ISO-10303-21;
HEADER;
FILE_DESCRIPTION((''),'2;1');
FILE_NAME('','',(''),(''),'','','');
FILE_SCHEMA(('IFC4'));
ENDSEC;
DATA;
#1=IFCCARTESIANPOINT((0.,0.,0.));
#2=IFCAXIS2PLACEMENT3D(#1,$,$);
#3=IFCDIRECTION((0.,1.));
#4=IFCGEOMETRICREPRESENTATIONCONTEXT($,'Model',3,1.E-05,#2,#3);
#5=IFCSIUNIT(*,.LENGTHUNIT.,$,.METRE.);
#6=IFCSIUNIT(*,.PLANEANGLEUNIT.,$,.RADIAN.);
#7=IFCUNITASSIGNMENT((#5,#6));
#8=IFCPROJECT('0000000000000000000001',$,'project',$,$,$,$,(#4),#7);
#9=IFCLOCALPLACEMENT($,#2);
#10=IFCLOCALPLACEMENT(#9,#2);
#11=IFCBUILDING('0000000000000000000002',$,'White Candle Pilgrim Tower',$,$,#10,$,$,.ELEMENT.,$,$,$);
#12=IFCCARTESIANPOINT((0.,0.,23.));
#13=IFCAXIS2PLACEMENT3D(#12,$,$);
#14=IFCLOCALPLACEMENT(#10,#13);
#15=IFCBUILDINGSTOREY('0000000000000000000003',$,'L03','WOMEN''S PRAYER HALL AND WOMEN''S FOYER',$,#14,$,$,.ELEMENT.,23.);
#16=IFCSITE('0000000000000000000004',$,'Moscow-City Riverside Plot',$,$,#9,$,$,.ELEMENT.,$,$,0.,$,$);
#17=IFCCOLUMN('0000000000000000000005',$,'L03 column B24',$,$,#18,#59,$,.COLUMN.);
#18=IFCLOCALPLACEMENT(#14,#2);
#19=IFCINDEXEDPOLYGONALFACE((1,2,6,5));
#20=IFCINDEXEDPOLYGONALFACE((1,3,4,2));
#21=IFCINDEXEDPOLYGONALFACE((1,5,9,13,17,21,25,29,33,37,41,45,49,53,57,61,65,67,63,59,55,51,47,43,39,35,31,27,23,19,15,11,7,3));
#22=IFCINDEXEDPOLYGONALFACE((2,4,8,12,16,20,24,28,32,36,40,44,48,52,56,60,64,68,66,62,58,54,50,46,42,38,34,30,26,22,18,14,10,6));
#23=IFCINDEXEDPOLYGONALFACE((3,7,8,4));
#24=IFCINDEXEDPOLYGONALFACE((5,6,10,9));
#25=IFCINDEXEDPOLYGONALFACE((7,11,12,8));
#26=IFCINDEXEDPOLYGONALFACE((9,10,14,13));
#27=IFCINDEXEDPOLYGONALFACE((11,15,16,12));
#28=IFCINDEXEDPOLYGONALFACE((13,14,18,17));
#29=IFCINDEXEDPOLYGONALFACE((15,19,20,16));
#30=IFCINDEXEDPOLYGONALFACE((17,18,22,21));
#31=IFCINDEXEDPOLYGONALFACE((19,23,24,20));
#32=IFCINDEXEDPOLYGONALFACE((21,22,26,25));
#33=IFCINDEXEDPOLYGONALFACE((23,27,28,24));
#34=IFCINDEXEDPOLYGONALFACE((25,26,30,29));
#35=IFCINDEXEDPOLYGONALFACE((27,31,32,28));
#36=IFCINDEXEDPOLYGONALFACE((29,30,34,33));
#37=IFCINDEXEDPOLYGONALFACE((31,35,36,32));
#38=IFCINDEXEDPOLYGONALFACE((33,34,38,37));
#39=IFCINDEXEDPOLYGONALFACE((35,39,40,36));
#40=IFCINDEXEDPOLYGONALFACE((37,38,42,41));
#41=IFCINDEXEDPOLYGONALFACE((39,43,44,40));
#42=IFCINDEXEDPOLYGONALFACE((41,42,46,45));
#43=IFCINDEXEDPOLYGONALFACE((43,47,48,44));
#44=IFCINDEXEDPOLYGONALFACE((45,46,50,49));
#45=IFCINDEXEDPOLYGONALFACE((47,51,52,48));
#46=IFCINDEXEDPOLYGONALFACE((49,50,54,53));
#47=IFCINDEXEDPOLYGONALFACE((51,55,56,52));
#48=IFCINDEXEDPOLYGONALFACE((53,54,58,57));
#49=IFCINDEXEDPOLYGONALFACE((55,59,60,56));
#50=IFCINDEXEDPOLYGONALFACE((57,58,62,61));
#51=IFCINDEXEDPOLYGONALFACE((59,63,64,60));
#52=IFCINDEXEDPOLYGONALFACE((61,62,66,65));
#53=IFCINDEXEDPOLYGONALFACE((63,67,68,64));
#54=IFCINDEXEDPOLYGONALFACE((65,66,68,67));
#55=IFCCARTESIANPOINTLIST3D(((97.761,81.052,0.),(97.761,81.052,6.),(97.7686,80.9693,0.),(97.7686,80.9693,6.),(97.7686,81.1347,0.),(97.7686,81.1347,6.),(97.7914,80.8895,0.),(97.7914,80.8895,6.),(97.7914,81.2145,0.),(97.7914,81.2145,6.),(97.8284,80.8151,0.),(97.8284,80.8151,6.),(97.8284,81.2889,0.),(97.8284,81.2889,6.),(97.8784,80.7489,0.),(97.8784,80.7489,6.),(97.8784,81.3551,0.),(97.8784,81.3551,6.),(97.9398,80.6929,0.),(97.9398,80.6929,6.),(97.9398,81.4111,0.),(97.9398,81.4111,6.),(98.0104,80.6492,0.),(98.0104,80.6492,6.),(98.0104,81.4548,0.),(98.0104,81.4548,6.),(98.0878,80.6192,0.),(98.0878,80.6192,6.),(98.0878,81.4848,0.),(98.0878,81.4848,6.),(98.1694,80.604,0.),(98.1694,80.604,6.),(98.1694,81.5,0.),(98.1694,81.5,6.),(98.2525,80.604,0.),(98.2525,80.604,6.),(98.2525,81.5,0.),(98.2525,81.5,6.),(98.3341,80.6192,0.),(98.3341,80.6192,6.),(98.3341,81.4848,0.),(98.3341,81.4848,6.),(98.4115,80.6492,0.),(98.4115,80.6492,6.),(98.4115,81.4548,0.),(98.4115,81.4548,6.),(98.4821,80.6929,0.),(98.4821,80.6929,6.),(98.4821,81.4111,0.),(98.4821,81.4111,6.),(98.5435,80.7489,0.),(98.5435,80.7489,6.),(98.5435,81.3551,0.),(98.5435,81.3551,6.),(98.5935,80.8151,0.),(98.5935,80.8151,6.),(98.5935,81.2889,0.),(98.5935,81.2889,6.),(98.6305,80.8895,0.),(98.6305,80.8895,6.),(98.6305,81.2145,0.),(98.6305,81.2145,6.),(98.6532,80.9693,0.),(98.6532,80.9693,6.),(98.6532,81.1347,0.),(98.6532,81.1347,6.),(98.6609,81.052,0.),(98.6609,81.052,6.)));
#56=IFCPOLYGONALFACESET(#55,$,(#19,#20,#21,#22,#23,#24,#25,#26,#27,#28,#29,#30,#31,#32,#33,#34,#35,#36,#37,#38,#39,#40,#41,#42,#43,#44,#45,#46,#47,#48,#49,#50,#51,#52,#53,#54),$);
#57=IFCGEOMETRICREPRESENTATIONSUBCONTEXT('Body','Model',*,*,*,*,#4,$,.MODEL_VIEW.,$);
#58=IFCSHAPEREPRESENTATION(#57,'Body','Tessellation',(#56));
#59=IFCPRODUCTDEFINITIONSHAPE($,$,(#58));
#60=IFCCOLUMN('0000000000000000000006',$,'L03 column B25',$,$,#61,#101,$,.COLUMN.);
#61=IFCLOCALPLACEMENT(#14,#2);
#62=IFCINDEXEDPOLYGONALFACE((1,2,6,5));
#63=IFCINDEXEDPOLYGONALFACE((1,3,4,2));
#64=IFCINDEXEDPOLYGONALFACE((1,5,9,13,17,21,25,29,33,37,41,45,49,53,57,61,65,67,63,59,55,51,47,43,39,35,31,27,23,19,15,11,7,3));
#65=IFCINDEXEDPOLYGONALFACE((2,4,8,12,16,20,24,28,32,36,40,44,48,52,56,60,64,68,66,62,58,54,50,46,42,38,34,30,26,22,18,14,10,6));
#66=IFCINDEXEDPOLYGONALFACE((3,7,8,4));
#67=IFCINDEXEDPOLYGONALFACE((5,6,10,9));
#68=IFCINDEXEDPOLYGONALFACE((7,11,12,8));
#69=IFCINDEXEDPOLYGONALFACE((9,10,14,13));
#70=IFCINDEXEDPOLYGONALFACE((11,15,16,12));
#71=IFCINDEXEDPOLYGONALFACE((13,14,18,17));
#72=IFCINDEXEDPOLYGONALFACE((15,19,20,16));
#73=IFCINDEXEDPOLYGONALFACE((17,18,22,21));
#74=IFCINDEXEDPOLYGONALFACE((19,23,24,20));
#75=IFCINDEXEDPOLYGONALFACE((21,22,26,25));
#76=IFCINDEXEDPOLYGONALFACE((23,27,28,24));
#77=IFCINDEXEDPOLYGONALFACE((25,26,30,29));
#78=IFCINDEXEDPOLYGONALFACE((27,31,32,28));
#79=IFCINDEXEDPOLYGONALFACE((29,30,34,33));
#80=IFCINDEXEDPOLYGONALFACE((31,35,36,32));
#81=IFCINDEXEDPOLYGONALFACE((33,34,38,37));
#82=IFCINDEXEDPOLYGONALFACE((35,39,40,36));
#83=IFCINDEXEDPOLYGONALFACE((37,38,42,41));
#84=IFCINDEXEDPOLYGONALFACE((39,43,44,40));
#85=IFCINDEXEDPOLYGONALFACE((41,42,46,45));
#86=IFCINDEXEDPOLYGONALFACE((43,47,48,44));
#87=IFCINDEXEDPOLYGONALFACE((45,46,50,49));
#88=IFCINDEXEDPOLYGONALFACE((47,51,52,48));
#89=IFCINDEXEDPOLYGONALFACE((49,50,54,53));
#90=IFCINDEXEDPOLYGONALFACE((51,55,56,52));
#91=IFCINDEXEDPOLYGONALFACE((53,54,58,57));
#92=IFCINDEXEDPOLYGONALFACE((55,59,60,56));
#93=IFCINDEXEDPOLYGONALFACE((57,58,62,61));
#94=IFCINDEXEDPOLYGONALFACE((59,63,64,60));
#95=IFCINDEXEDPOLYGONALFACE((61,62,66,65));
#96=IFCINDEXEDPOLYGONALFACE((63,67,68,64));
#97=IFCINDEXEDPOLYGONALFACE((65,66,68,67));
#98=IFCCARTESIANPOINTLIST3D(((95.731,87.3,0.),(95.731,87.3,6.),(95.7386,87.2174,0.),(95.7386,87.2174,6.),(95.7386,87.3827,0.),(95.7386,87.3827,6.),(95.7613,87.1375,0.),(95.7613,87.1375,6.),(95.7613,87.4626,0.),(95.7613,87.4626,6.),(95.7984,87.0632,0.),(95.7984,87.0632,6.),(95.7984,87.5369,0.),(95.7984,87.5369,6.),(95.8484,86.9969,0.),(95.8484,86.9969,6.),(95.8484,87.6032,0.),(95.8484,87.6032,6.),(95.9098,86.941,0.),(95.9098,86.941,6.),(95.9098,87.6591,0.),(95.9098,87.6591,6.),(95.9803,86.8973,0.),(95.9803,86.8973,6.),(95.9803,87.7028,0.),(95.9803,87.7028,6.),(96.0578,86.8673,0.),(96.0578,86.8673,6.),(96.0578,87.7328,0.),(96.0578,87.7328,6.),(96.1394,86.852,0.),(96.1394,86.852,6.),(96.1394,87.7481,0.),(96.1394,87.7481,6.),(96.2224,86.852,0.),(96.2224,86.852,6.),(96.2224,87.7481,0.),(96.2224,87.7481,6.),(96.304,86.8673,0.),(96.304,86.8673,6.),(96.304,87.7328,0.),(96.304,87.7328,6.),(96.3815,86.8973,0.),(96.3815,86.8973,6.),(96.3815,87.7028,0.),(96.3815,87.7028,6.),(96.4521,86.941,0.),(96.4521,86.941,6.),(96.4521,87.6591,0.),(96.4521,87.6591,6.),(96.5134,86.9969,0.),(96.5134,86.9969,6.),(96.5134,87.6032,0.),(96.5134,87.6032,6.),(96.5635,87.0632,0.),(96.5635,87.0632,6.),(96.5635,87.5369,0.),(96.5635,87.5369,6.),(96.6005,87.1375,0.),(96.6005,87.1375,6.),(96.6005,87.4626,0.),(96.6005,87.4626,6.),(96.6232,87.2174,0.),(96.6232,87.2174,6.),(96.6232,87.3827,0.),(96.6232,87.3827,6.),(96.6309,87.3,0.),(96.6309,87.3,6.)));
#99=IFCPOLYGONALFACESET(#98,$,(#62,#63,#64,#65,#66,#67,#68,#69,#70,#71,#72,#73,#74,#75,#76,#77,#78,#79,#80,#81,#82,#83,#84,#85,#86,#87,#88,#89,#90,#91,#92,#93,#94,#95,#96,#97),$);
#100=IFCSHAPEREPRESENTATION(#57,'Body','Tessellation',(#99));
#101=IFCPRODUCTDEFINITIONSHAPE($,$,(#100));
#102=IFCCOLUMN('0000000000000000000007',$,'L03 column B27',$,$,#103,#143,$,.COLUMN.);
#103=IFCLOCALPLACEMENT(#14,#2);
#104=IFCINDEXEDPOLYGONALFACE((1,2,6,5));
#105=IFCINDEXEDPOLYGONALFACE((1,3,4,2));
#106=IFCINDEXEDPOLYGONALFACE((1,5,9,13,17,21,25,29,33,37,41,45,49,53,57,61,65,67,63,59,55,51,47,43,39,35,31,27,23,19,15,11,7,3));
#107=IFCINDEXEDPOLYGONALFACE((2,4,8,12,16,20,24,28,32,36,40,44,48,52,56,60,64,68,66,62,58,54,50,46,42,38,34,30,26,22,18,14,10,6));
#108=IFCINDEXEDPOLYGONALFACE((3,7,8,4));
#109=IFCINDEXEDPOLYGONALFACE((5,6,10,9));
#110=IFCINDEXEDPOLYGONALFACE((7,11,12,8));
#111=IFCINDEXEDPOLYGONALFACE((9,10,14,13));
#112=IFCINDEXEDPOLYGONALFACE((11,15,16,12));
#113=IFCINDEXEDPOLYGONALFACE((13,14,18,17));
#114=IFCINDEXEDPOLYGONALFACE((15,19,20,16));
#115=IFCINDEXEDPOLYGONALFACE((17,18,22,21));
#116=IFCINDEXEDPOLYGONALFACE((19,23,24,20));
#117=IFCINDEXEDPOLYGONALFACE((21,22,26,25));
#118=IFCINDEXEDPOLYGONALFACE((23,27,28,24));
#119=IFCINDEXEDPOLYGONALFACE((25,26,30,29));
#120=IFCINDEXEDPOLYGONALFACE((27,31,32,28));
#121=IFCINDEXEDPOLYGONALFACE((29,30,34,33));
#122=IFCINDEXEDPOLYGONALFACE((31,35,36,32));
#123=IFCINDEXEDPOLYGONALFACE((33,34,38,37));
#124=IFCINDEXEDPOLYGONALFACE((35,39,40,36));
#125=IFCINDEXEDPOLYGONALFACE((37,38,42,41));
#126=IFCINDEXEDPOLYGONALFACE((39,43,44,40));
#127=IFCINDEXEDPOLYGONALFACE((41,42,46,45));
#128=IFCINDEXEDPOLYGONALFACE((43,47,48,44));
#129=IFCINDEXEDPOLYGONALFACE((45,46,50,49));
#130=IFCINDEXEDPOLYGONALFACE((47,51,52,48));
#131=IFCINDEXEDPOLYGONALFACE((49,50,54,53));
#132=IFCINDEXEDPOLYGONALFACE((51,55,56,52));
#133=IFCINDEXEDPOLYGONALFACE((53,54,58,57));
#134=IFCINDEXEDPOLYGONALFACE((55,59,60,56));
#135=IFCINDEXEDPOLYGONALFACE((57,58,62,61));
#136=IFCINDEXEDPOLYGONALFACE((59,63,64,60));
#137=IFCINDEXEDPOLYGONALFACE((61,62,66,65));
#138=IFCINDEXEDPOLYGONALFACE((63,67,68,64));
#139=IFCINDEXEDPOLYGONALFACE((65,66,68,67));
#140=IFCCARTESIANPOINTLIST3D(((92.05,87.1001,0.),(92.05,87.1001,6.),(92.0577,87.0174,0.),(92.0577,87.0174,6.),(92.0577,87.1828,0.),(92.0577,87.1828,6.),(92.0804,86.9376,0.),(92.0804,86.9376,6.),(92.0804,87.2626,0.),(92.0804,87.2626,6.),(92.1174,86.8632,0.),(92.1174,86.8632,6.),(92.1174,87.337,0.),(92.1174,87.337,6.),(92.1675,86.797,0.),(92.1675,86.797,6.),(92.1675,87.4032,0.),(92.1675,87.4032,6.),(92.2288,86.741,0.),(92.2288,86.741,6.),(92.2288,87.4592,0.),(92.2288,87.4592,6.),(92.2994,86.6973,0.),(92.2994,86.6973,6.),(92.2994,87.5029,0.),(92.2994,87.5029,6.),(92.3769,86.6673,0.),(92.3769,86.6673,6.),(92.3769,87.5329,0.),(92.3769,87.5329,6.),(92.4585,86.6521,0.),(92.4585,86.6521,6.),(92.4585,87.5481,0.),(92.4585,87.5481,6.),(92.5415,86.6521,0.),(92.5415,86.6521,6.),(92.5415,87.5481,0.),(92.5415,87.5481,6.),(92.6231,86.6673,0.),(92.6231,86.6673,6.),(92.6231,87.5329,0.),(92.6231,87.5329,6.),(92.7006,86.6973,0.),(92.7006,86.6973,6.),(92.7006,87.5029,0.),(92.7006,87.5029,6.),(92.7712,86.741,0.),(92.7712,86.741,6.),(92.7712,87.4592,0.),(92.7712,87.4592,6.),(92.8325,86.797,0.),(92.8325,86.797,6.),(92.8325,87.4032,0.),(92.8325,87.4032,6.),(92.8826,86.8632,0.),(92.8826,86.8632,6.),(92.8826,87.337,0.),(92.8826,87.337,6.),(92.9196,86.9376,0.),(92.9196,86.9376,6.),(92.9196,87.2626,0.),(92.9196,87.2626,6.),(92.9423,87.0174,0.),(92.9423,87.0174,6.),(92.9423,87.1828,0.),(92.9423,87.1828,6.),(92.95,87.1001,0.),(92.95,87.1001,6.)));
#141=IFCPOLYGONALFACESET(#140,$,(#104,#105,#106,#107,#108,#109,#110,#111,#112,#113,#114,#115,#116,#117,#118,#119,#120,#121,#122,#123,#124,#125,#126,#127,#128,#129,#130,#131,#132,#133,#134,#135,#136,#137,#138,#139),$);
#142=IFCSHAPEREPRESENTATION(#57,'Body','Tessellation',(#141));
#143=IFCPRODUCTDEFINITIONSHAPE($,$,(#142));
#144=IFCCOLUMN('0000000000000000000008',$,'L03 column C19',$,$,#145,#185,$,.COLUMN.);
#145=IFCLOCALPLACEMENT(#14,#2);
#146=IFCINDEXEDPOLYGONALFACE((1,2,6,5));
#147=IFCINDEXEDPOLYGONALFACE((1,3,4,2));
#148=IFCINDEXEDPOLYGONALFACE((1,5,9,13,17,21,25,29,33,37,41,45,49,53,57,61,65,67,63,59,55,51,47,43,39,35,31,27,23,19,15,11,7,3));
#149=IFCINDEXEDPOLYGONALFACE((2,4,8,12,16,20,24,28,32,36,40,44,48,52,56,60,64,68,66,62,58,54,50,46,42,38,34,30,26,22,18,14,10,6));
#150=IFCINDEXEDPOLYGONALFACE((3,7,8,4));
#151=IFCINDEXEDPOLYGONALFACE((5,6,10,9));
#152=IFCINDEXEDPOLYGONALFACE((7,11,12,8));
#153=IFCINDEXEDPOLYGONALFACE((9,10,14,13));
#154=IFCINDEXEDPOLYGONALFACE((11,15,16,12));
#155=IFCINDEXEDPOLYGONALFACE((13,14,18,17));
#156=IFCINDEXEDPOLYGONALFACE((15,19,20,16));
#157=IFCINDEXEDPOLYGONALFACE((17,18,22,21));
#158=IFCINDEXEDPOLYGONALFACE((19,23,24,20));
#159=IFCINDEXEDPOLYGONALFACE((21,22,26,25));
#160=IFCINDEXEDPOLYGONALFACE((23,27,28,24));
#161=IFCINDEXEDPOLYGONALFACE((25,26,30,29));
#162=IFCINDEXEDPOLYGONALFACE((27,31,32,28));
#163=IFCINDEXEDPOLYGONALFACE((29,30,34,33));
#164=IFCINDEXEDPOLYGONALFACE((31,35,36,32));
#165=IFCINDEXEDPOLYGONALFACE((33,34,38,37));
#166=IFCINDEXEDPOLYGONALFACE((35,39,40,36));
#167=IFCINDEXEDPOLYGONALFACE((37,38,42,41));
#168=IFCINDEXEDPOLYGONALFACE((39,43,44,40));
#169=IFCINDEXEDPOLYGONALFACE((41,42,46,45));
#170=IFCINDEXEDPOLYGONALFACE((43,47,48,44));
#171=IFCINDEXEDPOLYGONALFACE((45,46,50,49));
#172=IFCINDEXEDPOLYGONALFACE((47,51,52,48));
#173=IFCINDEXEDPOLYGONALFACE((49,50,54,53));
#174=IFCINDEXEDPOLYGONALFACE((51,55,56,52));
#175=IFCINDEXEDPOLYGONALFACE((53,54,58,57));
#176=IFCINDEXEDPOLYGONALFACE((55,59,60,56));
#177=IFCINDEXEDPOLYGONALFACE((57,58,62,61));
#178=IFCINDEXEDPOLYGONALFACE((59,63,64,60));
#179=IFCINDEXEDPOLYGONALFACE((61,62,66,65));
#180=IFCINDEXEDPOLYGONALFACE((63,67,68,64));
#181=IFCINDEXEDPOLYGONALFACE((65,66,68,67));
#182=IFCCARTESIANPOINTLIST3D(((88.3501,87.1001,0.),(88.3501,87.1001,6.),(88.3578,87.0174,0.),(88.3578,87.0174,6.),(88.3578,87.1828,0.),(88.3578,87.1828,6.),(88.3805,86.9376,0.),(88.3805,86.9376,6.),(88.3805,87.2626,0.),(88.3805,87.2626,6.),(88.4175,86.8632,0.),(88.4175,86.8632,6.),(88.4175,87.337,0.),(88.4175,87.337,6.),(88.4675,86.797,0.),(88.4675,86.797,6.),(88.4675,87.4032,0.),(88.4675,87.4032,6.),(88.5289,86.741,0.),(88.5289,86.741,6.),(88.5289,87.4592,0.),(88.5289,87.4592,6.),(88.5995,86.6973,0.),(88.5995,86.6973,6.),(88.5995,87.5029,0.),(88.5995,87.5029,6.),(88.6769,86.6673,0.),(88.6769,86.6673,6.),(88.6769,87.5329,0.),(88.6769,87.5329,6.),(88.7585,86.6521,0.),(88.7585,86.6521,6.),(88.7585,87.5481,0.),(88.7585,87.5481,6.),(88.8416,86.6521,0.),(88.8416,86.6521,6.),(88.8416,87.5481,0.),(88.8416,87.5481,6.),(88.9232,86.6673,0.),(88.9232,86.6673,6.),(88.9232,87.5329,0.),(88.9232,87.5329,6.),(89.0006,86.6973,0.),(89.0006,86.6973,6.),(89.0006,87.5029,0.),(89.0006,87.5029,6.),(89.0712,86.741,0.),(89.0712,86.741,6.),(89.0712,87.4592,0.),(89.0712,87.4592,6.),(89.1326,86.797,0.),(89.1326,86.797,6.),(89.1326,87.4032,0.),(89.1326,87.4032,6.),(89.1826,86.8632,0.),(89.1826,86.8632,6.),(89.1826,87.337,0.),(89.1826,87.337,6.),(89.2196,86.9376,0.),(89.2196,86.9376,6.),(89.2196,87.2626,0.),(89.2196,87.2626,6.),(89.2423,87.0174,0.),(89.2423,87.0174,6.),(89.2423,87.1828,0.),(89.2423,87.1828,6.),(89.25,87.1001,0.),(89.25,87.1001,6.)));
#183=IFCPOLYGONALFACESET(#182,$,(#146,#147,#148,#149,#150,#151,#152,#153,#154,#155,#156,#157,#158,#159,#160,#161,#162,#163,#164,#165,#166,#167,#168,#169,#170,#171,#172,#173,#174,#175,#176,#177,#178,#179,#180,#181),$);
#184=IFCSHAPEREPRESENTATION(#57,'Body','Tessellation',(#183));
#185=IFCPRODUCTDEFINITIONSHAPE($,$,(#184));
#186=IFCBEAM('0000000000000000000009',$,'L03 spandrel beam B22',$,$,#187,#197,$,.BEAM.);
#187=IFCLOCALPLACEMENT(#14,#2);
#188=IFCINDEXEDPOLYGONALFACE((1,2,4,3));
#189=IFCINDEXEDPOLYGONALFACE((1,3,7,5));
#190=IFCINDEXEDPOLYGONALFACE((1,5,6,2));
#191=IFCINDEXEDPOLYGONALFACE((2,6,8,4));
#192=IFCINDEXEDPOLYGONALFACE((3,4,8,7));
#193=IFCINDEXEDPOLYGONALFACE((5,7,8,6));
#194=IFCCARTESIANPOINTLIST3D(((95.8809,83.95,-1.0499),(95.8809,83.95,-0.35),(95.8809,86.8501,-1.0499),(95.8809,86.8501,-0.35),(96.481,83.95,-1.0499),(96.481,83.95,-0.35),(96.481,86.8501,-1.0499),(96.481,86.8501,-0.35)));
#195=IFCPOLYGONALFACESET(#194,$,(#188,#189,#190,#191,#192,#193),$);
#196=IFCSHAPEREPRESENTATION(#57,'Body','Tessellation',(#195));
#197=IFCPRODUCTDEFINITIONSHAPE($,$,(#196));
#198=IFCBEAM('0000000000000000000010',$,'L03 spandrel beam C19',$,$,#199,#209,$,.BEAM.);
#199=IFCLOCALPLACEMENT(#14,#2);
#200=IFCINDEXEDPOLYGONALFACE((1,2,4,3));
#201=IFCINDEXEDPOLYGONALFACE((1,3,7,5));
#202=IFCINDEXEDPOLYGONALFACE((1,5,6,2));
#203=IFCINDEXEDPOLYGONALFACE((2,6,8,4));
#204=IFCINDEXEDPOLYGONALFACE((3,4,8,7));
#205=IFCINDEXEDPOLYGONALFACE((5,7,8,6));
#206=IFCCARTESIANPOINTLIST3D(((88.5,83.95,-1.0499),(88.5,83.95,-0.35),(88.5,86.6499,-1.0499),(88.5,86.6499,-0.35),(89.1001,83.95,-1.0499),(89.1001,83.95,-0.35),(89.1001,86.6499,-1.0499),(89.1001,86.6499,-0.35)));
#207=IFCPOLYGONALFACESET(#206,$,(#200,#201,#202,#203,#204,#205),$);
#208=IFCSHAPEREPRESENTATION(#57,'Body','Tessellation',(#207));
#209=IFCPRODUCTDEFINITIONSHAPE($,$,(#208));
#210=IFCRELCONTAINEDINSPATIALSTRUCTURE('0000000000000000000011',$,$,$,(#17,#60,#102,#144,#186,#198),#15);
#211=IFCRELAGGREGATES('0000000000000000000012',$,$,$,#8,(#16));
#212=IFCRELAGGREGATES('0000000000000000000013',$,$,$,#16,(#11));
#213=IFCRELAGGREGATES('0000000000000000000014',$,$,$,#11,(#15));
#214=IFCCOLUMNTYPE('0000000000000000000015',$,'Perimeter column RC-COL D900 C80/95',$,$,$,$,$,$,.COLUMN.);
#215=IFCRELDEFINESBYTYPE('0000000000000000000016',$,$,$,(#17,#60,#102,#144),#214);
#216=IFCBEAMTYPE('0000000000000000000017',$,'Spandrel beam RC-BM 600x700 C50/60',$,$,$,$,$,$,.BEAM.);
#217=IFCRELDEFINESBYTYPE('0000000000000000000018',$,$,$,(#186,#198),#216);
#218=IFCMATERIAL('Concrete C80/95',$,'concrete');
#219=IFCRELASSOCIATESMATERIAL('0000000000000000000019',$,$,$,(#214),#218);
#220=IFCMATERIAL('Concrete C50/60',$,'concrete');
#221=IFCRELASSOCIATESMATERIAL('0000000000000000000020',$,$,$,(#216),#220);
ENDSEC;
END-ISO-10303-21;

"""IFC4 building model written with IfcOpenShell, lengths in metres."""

from ifc_helpers import new_model, si_unit, direction, frame, origin, origin_2d, place, context, subcontext, project, spatial, rectangle, circle, extrude, material, material_profile, profile_set, type_object, element, save


model = new_model("IFC4")

# Units and contexts
model_context = context("Model", 3, precision=1e-05, world=origin(), true_north=direction((0.0, 1.0)))
body_context = subcontext(model_context, "Body", "Model", "MODEL_VIEW")
ifc_project = project(units=[si_unit("LENGTHUNIT", "METRE"), si_unit("PLANEANGLEUNIT", "RADIAN")], contexts=[model_context])

# Site, building, storey
site_placement = place(None, origin())
site = spatial("IfcSite", under=ifc_project, at=site_placement, Name="Moscow-City Riverside Plot", CompositionType="ELEMENT", RefElevation=0.0)
building_placement = place(site_placement, origin())
building = spatial("IfcBuilding", under=site, at=building_placement, Name="White Candle Pilgrim Tower", CompositionType="ELEMENT")
storey_placement = place(building_placement, frame((0.0, 0.0, 23.0)))
storey = spatial("IfcBuildingStorey", under=building, at=storey_placement, Name="L03", Description="WOMEN'S PRAYER HALL AND WOMEN'S FOYER", CompositionType="ELEMENT", Elevation=23.0)

# Columns
ifc_material_1 = material(Name="Concrete C80/95", Category="concrete")
ifc_material_profile_1 = material_profile(ifc_material_1, circle(Radius=0.45, at=origin_2d()), Name="RC-COL D900")
ifc_profile_set_1 = profile_set([ifc_material_profile_1], Name="Concrete C80/95")
column_type = type_object("IfcColumnType", Name="Perimeter column RC-COL D900 C80/95", PredefinedType="COLUMN", material=ifc_profile_set_1)
for number, where, z_axis, x_axis, name in (
    (1, (98.2109, 81.052, 0.0), (0.0, 0.0, 1.0), (1.0, 0.0, 0.0), "L03 column B24"),
    (2, (96.1809, 87.3, 0.0), (0.0, 0.0, 1.0), (1.0, 0.0, 0.0), "L03 column B25"),
    (3, (92.5, 87.1001, 0.0), (0.0, 0.0, 1.0), (1.0, 0.0, 0.0), "L03 column B27"),
    (4, (88.8, 87.1001, 0.0), (0.0, 0.0, 1.0), (1.0, 0.0, 0.0), "L03 column C19"),
):
    element("IfcColumn", number, at=place(storey_placement, frame(where, z_axis=z_axis, x_axis=x_axis)), inside=storey, type_object=column_type, Name=name, PredefinedType="COLUMN", context=body_context, shape_type="SweptSolid", body=[
        extrude(circle(Radius=0.45, at=origin_2d()), origin(), (0.0, 0.0, 1.0), 6.0),
    ])

# Beams
ifc_material_2 = material(Name="Concrete C50/60", Category="concrete")
ifc_material_profile_2 = material_profile(ifc_material_2, rectangle(XDim=0.6001, YDim=0.7, at=origin_2d()), Name="RC-BM 600x700")
ifc_profile_set_2 = profile_set([ifc_material_profile_2], Name="Concrete C50/60")
beam_type = type_object("IfcBeamType", Name="Spandrel beam RC-BM 600x700 C50/60", PredefinedType="BEAM", material=ifc_profile_set_2)
beam_1_placement = place(storey_placement, frame((96.1809, 86.8501, -0.7), z_axis=(0.0, -1.0, 0.0), x_axis=(1.0, 0.0, 0.0)))
element("IfcBeam", 5, at=beam_1_placement, inside=storey, type_object=beam_type, Name="L03 spandrel beam B22", PredefinedType="BEAM", context=body_context, shape_type="SweptSolid", body=[
    extrude(rectangle(XDim=0.6001, YDim=0.7, at=origin_2d()), origin(), (0.0, 0.0, 1.0), 2.9001),
])
beam_2_placement = place(storey_placement, frame((88.8, 86.6499, -0.7), z_axis=(0.0, -1.0, 0.0), x_axis=(1.0, 0.0, 0.0)))
element("IfcBeam", 6, at=beam_2_placement, inside=storey, type_object=beam_type, Name="L03 spandrel beam C19", PredefinedType="BEAM", context=body_context, shape_type="SweptSolid", body=[
    extrude(rectangle(XDim=0.6001, YDim=0.7, at=origin_2d()), origin(), (0.0, 0.0, 1.0), 2.7),
])

save(model, "model.ifc")
